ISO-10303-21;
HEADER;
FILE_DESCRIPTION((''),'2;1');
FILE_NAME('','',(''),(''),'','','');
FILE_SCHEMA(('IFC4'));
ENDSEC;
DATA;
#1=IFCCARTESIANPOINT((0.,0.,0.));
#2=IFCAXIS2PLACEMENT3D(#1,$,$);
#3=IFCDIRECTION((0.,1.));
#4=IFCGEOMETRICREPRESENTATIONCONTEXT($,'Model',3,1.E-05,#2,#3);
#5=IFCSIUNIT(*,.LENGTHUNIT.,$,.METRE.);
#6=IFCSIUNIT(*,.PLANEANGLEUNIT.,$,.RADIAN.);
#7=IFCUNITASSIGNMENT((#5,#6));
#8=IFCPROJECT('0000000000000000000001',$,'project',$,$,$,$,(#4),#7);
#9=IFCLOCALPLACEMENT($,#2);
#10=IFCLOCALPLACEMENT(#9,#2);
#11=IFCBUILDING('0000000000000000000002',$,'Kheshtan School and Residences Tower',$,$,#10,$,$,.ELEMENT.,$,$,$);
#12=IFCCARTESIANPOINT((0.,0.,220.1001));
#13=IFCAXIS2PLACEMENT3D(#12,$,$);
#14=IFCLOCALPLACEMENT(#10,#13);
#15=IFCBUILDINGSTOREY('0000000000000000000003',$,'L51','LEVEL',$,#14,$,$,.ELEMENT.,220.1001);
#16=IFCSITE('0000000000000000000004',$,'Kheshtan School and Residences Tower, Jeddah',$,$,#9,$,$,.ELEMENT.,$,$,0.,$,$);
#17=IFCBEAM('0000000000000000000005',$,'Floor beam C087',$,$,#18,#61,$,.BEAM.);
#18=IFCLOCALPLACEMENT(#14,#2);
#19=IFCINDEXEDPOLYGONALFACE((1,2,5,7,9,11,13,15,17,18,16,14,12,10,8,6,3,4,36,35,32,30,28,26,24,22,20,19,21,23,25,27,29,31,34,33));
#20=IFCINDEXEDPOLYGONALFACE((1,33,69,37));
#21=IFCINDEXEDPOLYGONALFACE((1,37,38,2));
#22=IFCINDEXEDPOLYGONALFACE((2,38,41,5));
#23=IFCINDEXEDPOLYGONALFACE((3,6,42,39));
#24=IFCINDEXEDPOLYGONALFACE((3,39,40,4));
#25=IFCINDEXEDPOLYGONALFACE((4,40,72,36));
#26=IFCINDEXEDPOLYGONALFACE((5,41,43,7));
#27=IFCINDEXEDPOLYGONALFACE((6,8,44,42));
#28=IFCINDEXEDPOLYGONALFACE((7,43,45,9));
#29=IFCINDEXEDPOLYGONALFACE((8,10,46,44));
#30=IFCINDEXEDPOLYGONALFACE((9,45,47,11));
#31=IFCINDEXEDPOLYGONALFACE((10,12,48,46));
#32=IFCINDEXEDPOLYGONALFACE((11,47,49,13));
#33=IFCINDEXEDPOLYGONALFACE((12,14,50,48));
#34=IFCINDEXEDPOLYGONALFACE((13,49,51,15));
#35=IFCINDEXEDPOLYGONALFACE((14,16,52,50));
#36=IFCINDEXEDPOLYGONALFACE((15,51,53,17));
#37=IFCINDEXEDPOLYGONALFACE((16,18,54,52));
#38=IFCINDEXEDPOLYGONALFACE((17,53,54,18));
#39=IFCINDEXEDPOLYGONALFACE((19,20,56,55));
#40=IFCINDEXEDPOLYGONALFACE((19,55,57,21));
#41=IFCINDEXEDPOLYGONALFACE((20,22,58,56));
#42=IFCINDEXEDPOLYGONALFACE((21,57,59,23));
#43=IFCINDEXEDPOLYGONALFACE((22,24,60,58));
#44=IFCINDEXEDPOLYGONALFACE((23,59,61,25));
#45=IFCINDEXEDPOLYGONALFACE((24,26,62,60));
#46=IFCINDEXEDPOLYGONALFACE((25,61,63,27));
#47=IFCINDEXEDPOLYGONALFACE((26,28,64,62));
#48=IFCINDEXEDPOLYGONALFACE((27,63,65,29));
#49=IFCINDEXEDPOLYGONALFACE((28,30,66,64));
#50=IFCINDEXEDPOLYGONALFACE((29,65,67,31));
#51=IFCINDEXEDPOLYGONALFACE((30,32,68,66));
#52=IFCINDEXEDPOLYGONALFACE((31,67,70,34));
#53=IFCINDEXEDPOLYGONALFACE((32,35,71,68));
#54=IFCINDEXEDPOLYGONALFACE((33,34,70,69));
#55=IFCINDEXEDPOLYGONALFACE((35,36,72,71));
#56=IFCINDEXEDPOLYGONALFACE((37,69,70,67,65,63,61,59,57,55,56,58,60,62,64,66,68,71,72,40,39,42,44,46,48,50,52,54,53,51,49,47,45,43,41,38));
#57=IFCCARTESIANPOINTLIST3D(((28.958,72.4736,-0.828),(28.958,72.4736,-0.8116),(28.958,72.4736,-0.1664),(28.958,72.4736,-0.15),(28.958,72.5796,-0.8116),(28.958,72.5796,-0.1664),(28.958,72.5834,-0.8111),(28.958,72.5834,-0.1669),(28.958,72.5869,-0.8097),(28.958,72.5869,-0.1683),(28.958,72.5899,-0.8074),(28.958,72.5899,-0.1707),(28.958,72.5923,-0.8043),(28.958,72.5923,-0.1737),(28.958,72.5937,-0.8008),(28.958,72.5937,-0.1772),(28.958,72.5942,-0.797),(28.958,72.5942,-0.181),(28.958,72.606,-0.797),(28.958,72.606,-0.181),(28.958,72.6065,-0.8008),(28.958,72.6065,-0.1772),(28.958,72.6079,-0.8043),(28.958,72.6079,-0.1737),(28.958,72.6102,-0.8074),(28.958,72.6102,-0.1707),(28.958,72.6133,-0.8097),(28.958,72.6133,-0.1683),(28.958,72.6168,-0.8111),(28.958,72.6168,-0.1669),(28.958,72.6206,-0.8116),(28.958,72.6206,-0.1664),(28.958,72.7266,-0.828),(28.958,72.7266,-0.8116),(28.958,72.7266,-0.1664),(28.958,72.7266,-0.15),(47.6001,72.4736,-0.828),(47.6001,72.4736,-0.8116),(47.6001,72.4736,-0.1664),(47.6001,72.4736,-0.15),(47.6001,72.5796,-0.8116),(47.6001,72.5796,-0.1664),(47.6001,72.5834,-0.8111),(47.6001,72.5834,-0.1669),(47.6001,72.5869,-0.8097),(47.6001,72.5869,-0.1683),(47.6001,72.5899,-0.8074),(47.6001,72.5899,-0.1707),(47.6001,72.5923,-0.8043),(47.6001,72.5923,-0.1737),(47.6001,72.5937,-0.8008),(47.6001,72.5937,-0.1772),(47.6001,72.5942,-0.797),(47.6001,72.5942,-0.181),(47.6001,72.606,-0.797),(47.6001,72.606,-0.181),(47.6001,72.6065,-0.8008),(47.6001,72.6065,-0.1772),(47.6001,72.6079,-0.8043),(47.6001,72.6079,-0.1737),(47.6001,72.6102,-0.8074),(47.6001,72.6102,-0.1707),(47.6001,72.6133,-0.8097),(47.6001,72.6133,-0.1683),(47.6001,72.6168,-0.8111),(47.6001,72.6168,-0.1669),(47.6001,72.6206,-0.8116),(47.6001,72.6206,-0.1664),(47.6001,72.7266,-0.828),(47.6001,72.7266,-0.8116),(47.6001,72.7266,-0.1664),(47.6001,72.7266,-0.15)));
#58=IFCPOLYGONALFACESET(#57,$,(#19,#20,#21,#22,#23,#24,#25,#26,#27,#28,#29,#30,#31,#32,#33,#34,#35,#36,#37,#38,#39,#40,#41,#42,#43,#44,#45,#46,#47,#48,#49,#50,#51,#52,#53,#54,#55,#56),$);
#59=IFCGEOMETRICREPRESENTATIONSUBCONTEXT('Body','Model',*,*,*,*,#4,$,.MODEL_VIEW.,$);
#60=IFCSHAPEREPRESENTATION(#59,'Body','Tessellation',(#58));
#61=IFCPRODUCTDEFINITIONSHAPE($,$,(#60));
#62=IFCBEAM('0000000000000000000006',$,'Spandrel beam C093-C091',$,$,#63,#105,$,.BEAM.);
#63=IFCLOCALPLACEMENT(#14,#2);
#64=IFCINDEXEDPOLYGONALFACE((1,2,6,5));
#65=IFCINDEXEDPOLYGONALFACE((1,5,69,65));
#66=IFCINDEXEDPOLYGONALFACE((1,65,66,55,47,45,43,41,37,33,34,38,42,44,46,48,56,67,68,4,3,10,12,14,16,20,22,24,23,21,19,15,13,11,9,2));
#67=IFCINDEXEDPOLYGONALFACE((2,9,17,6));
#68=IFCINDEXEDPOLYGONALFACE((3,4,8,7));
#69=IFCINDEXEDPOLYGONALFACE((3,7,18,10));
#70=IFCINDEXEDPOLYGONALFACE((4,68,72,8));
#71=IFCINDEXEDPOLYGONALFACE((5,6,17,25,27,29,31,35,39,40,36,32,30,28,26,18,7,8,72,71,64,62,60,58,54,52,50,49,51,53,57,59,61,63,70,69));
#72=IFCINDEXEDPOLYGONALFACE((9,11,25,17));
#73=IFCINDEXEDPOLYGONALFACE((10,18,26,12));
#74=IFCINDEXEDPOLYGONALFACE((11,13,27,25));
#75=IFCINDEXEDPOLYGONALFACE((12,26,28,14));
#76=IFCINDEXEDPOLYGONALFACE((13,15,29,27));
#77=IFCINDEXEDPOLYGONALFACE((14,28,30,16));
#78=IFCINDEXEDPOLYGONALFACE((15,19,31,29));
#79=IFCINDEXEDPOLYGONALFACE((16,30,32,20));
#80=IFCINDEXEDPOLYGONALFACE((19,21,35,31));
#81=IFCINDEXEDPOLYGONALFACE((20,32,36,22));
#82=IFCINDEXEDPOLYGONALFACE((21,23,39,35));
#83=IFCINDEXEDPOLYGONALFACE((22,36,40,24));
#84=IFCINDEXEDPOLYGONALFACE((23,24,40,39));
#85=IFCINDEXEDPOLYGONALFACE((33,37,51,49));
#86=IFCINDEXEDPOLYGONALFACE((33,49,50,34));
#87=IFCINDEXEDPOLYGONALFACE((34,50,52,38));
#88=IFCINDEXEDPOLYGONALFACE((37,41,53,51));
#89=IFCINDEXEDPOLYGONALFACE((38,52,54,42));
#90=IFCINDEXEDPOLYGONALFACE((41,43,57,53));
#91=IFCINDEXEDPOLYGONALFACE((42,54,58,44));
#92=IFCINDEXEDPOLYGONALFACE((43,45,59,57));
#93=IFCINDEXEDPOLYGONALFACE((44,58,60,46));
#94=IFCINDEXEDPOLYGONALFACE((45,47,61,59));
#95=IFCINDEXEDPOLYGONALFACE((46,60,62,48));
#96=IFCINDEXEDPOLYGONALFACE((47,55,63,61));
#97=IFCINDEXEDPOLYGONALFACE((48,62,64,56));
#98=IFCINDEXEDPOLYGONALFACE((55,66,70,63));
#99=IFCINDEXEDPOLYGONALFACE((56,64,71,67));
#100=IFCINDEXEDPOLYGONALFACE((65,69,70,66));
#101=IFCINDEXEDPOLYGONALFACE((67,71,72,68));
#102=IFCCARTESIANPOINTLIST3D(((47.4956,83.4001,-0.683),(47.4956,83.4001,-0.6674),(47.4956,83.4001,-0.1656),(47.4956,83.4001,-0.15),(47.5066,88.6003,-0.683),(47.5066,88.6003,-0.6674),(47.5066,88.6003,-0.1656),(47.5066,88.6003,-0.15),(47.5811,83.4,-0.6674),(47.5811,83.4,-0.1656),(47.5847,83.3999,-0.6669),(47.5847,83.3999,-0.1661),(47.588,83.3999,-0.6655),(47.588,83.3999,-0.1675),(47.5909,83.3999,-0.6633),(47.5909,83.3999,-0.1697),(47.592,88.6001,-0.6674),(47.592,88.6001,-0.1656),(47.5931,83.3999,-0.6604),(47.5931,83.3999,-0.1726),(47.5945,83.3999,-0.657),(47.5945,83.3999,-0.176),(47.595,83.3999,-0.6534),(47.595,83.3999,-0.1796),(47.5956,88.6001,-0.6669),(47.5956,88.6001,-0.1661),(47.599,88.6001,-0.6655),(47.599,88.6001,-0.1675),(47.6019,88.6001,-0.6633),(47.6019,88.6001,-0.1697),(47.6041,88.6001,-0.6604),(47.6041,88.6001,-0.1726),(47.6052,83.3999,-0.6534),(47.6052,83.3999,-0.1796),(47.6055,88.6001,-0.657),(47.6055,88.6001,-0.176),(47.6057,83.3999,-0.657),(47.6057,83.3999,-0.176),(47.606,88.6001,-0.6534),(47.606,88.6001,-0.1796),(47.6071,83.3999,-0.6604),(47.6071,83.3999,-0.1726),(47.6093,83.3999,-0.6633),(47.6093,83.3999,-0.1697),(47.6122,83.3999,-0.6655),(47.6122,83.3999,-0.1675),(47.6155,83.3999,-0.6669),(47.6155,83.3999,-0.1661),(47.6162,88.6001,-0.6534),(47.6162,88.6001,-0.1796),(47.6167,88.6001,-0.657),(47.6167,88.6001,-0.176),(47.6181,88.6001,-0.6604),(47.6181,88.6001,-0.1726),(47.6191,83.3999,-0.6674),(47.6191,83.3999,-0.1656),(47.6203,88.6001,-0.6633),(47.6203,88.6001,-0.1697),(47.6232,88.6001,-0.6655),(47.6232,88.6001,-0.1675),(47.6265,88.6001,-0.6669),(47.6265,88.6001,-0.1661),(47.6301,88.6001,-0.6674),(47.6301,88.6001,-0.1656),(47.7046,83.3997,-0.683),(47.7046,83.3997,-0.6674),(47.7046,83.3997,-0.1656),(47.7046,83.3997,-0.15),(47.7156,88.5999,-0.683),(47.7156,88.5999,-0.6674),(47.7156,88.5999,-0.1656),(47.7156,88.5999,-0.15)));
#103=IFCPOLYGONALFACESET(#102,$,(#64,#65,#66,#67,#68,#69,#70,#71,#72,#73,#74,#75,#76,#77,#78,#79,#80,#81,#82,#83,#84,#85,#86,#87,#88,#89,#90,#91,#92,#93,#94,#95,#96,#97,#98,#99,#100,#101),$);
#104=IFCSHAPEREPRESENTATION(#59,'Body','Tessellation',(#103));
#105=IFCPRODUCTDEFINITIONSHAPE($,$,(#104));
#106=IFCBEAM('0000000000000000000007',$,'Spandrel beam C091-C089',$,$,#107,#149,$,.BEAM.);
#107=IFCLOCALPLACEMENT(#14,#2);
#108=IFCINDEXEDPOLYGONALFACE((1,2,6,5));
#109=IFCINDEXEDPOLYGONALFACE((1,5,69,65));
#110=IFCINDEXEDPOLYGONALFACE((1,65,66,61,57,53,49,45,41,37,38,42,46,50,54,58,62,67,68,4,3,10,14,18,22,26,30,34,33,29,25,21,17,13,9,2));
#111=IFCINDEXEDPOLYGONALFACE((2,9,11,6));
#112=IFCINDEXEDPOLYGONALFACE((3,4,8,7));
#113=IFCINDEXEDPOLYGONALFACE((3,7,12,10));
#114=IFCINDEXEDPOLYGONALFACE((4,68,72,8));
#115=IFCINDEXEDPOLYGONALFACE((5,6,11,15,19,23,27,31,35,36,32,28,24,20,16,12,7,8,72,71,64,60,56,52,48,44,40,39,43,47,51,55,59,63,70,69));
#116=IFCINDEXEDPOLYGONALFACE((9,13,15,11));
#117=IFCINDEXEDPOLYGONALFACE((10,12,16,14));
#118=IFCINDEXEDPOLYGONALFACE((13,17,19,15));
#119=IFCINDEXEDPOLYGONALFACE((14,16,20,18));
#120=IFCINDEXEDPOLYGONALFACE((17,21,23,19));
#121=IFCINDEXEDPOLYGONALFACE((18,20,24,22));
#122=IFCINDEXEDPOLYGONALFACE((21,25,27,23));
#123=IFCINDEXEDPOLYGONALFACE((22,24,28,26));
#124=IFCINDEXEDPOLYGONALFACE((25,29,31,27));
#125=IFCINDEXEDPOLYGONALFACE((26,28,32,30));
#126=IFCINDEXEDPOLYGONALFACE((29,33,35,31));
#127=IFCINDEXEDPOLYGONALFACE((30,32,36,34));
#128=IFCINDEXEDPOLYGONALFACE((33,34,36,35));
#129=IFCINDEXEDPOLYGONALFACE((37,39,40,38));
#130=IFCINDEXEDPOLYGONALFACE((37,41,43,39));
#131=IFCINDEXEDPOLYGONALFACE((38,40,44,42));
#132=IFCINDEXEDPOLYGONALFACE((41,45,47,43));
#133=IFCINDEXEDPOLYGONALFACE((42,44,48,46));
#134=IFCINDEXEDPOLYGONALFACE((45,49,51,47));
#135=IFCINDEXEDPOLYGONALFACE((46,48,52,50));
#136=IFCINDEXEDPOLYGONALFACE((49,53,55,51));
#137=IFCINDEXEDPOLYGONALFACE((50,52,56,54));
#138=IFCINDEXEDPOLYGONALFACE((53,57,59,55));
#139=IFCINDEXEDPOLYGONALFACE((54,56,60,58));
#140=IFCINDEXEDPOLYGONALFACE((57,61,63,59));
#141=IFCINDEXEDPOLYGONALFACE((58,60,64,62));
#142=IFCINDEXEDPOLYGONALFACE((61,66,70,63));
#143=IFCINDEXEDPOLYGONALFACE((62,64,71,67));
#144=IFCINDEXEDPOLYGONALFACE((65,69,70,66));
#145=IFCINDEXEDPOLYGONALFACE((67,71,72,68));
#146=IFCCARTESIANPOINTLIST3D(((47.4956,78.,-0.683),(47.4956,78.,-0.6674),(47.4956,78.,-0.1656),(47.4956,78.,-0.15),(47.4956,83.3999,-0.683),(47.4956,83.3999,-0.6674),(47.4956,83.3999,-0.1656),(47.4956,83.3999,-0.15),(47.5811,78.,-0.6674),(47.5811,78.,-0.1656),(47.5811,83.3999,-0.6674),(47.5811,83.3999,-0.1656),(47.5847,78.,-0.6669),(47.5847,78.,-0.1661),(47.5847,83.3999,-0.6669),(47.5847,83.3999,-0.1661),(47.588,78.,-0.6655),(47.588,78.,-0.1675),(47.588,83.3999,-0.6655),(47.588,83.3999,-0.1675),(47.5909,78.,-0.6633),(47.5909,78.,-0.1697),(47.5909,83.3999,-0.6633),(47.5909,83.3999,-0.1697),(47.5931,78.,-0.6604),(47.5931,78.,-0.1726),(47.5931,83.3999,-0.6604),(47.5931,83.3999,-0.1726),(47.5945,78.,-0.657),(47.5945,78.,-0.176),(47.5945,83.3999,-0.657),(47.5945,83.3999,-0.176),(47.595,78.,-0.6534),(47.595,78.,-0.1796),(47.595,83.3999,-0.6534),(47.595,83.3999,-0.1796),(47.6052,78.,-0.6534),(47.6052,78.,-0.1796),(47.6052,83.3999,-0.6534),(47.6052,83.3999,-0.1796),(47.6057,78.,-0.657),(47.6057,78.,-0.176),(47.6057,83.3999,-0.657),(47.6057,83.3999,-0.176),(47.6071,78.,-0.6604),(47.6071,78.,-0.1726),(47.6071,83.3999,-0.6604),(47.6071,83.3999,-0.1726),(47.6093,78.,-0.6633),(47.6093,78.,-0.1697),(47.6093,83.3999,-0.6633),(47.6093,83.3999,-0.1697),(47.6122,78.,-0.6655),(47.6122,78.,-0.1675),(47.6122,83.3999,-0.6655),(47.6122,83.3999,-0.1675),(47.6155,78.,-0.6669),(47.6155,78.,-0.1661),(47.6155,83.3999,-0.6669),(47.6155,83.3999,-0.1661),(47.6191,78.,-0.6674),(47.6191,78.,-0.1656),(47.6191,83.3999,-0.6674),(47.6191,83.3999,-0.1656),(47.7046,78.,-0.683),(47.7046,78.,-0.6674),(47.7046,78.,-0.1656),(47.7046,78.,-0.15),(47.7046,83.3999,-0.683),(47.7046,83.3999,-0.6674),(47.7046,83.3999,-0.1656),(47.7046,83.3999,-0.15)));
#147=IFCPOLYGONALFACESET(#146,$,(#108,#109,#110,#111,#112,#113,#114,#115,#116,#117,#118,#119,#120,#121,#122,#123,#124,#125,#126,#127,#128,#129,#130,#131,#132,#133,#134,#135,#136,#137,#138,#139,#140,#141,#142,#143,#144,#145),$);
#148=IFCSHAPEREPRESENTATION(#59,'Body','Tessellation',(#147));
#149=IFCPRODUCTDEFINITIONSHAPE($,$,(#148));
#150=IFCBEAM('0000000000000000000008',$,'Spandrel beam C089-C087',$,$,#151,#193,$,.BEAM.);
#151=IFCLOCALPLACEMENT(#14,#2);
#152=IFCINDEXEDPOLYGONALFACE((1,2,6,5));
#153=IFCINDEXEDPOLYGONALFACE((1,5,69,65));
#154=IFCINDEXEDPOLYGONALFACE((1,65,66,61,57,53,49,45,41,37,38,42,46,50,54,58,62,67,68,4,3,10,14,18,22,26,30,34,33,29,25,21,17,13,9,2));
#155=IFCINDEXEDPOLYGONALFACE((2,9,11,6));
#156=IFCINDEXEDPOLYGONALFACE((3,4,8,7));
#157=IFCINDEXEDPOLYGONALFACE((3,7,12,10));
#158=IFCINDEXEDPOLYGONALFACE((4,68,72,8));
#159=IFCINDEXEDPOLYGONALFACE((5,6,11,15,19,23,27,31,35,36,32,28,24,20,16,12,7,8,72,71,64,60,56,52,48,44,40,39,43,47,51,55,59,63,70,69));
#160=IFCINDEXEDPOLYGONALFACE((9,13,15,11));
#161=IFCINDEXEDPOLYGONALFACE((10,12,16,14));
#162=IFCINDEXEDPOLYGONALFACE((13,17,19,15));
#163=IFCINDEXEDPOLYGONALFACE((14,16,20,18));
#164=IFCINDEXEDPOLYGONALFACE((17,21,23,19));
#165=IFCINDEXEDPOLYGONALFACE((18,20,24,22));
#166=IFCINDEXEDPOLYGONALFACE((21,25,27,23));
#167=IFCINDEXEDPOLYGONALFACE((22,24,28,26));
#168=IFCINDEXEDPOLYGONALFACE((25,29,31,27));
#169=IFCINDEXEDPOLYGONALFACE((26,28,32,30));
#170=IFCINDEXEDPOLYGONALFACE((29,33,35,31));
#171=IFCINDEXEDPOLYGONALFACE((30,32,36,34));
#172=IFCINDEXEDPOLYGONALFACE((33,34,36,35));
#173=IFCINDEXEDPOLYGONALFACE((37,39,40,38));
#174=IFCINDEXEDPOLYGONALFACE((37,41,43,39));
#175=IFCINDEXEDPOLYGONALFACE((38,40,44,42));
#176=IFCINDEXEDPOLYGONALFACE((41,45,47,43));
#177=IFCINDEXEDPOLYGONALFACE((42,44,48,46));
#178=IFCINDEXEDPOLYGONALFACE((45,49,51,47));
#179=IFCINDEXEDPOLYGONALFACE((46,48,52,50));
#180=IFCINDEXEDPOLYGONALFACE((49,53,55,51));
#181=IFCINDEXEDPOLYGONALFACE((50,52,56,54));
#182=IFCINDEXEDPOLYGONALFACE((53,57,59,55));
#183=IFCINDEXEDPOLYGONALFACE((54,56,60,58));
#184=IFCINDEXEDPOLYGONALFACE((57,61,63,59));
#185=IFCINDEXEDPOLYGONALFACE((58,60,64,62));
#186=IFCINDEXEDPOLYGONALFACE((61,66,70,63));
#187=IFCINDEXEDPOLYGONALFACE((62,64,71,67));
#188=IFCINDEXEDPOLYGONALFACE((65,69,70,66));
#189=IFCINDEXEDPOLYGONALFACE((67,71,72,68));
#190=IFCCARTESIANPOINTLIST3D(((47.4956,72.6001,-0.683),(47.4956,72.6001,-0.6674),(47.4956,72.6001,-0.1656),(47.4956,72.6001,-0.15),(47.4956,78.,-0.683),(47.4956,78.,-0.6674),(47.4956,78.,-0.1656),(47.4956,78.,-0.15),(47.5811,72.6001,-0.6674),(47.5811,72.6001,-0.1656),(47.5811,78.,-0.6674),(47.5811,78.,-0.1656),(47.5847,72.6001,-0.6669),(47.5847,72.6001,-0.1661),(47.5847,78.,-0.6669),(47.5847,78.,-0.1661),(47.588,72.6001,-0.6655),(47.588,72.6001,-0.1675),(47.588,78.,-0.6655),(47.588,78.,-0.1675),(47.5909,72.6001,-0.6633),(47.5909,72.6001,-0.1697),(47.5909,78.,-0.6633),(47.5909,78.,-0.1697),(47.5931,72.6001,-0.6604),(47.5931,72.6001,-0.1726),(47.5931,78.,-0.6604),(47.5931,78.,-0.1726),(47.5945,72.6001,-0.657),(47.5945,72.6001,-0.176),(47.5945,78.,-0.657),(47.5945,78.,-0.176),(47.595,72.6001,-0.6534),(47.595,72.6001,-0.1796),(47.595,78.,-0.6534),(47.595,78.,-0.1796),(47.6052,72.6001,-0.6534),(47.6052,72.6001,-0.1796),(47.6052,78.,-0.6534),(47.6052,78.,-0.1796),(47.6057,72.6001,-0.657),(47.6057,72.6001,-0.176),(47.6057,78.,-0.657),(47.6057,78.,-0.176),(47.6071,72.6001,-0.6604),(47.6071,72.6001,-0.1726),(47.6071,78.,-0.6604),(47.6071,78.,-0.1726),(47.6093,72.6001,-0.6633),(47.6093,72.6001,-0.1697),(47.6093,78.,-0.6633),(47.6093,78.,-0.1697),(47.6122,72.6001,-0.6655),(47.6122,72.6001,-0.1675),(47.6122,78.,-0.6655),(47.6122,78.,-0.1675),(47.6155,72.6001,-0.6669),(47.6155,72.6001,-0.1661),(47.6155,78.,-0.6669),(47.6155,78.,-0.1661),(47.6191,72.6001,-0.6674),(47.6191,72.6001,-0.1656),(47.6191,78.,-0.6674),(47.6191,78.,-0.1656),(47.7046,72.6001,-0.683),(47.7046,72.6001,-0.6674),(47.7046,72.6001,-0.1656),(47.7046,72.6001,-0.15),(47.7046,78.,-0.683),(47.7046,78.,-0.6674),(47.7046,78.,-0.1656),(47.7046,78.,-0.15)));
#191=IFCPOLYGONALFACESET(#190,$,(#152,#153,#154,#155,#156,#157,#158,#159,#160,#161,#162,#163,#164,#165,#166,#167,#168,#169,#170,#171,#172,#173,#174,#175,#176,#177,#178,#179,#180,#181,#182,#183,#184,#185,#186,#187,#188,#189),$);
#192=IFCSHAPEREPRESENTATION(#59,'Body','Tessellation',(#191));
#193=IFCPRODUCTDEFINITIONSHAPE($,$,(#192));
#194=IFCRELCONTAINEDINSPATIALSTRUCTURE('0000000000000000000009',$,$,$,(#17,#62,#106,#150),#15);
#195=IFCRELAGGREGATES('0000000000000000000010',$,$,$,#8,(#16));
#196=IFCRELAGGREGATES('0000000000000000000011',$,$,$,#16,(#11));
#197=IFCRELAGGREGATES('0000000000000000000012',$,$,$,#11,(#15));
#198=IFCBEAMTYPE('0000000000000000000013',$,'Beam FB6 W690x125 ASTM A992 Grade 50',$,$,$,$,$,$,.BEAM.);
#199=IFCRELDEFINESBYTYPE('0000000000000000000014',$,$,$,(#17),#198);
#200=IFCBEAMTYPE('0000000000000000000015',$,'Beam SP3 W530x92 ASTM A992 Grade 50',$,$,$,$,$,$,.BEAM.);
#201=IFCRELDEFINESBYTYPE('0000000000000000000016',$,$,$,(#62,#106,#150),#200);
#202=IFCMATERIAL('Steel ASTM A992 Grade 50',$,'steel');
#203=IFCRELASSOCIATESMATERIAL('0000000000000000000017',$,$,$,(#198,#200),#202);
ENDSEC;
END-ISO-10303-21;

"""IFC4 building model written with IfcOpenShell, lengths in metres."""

from ifc_helpers import new_model, si_unit, direction, frame, origin, origin_2d, place, context, subcontext, project, spatial, i_section, extrude, material, material_profile, profile_set, type_object, element, save


model = new_model("IFC4")

# Units and contexts
model_context = context("Model", 3, precision=1e-05, world=origin(), true_north=direction((0.0, 1.0)))
body_context = subcontext(model_context, "Body", "Model", "MODEL_VIEW")
ifc_project = project(units=[si_unit("LENGTHUNIT", "METRE"), si_unit("PLANEANGLEUNIT", "RADIAN")], contexts=[model_context])

# Site, building, storey
site_placement = place(None, origin())
site = spatial("IfcSite", under=ifc_project, at=site_placement, Name="Kheshtan School and Residences Tower, Jeddah", CompositionType="ELEMENT", RefElevation=0.0)
building_placement = place(site_placement, origin())
building = spatial("IfcBuilding", under=site, at=building_placement, Name="Kheshtan School and Residences Tower", CompositionType="ELEMENT")
storey_placement = place(building_placement, frame((0.0, 0.0, 220.1001)))
storey = spatial("IfcBuildingStorey", under=building, at=storey_placement, Name="L51", Description="LEVEL", CompositionType="ELEMENT", Elevation=220.1001)

# Shared definitions
ifc_material_1 = material(Name="Steel ASTM A992 Grade 50", Category="steel")

# Beams
ifc_material_profile_1 = material_profile(ifc_material_1, i_section(OverallWidth=0.2529, OverallDepth=0.678, WebThickness=0.0117, FlangeThickness=0.0164, FilletRadius=0.0146, at=origin_2d()), Name="W690x125")
ifc_profile_set_1 = profile_set([ifc_material_profile_1], Name="Steel ASTM A992 Grade 50")
beam_type_1 = type_object("IfcBeamType", Name="Beam FB6 W690x125 ASTM A992 Grade 50", PredefinedType="BEAM", material=ifc_profile_set_1)
beam_1_placement = place(storey_placement, frame((47.6001, 72.6001, -0.489), z_axis=(-1.0, 0.0, 0.0), x_axis=(0.0, -1.0, 0.0)))
element("IfcBeam", 1, at=beam_1_placement, inside=storey, type_object=beam_type_1, Name="Floor beam C087", PredefinedType="BEAM", context=body_context, shape_type="SweptSolid", body=[
    extrude(i_section(OverallWidth=0.2529, OverallDepth=0.678, WebThickness=0.0117, FlangeThickness=0.0164, FilletRadius=0.0146, at=origin_2d()), origin(), (0.0, 0.0, 1.0), 18.6421),
])
ifc_material_profile_2 = material_profile(ifc_material_1, i_section(OverallWidth=0.209, OverallDepth=0.533, WebThickness=0.0103, FlangeThickness=0.0156, FilletRadius=0.0139, at=origin_2d()), Name="W530x92")
ifc_profile_set_2 = profile_set([ifc_material_profile_2], Name="Steel ASTM A992 Grade 50")
beam_type_2 = type_object("IfcBeamType", Name="Beam SP3 W530x92 ASTM A992 Grade 50", PredefinedType="BEAM", material=ifc_profile_set_2)
beam_2_placement = place(storey_placement, frame((47.6111, 88.6001, -0.4165), z_axis=(-0.002113, -0.999998, 0.0), x_axis=(0.999998, -0.002113, 0.0)))
element("IfcBeam", 2, at=beam_2_placement, inside=storey, type_object=beam_type_2, Name="Spandrel beam C093-C091", PredefinedType="BEAM", context=body_context, shape_type="SweptSolid", body=[
    extrude(i_section(OverallWidth=0.209, OverallDepth=0.533, WebThickness=0.0103, FlangeThickness=0.0156, FilletRadius=0.0139, at=origin_2d()), origin(), (0.0, 0.0, 1.0), 5.2002),
])
for number, where, z_axis, x_axis, name in (
    (3, (47.6001, 83.3999, -0.4165), (0.0, -1.0, 0.0), (1.0, 0.0, 0.0), "Spandrel beam C091-C089"),
    (4, (47.6001, 78.0, -0.4165), (0.0, -1.0, 0.0), (1.0, 0.0, 0.0), "Spandrel beam C089-C087"),
):
    element("IfcBeam", number, at=place(storey_placement, frame(where, z_axis=z_axis, x_axis=x_axis)), inside=storey, type_object=beam_type_2, Name=name, PredefinedType="BEAM", context=body_context, shape_type="SweptSolid", body=[
        extrude(i_section(OverallWidth=0.209, OverallDepth=0.533, WebThickness=0.0103, FlangeThickness=0.0156, FilletRadius=0.0139, at=origin_2d()), origin(), (0.0, 0.0, 1.0), 5.3999),
    ])

save(model, "model.ifc")
